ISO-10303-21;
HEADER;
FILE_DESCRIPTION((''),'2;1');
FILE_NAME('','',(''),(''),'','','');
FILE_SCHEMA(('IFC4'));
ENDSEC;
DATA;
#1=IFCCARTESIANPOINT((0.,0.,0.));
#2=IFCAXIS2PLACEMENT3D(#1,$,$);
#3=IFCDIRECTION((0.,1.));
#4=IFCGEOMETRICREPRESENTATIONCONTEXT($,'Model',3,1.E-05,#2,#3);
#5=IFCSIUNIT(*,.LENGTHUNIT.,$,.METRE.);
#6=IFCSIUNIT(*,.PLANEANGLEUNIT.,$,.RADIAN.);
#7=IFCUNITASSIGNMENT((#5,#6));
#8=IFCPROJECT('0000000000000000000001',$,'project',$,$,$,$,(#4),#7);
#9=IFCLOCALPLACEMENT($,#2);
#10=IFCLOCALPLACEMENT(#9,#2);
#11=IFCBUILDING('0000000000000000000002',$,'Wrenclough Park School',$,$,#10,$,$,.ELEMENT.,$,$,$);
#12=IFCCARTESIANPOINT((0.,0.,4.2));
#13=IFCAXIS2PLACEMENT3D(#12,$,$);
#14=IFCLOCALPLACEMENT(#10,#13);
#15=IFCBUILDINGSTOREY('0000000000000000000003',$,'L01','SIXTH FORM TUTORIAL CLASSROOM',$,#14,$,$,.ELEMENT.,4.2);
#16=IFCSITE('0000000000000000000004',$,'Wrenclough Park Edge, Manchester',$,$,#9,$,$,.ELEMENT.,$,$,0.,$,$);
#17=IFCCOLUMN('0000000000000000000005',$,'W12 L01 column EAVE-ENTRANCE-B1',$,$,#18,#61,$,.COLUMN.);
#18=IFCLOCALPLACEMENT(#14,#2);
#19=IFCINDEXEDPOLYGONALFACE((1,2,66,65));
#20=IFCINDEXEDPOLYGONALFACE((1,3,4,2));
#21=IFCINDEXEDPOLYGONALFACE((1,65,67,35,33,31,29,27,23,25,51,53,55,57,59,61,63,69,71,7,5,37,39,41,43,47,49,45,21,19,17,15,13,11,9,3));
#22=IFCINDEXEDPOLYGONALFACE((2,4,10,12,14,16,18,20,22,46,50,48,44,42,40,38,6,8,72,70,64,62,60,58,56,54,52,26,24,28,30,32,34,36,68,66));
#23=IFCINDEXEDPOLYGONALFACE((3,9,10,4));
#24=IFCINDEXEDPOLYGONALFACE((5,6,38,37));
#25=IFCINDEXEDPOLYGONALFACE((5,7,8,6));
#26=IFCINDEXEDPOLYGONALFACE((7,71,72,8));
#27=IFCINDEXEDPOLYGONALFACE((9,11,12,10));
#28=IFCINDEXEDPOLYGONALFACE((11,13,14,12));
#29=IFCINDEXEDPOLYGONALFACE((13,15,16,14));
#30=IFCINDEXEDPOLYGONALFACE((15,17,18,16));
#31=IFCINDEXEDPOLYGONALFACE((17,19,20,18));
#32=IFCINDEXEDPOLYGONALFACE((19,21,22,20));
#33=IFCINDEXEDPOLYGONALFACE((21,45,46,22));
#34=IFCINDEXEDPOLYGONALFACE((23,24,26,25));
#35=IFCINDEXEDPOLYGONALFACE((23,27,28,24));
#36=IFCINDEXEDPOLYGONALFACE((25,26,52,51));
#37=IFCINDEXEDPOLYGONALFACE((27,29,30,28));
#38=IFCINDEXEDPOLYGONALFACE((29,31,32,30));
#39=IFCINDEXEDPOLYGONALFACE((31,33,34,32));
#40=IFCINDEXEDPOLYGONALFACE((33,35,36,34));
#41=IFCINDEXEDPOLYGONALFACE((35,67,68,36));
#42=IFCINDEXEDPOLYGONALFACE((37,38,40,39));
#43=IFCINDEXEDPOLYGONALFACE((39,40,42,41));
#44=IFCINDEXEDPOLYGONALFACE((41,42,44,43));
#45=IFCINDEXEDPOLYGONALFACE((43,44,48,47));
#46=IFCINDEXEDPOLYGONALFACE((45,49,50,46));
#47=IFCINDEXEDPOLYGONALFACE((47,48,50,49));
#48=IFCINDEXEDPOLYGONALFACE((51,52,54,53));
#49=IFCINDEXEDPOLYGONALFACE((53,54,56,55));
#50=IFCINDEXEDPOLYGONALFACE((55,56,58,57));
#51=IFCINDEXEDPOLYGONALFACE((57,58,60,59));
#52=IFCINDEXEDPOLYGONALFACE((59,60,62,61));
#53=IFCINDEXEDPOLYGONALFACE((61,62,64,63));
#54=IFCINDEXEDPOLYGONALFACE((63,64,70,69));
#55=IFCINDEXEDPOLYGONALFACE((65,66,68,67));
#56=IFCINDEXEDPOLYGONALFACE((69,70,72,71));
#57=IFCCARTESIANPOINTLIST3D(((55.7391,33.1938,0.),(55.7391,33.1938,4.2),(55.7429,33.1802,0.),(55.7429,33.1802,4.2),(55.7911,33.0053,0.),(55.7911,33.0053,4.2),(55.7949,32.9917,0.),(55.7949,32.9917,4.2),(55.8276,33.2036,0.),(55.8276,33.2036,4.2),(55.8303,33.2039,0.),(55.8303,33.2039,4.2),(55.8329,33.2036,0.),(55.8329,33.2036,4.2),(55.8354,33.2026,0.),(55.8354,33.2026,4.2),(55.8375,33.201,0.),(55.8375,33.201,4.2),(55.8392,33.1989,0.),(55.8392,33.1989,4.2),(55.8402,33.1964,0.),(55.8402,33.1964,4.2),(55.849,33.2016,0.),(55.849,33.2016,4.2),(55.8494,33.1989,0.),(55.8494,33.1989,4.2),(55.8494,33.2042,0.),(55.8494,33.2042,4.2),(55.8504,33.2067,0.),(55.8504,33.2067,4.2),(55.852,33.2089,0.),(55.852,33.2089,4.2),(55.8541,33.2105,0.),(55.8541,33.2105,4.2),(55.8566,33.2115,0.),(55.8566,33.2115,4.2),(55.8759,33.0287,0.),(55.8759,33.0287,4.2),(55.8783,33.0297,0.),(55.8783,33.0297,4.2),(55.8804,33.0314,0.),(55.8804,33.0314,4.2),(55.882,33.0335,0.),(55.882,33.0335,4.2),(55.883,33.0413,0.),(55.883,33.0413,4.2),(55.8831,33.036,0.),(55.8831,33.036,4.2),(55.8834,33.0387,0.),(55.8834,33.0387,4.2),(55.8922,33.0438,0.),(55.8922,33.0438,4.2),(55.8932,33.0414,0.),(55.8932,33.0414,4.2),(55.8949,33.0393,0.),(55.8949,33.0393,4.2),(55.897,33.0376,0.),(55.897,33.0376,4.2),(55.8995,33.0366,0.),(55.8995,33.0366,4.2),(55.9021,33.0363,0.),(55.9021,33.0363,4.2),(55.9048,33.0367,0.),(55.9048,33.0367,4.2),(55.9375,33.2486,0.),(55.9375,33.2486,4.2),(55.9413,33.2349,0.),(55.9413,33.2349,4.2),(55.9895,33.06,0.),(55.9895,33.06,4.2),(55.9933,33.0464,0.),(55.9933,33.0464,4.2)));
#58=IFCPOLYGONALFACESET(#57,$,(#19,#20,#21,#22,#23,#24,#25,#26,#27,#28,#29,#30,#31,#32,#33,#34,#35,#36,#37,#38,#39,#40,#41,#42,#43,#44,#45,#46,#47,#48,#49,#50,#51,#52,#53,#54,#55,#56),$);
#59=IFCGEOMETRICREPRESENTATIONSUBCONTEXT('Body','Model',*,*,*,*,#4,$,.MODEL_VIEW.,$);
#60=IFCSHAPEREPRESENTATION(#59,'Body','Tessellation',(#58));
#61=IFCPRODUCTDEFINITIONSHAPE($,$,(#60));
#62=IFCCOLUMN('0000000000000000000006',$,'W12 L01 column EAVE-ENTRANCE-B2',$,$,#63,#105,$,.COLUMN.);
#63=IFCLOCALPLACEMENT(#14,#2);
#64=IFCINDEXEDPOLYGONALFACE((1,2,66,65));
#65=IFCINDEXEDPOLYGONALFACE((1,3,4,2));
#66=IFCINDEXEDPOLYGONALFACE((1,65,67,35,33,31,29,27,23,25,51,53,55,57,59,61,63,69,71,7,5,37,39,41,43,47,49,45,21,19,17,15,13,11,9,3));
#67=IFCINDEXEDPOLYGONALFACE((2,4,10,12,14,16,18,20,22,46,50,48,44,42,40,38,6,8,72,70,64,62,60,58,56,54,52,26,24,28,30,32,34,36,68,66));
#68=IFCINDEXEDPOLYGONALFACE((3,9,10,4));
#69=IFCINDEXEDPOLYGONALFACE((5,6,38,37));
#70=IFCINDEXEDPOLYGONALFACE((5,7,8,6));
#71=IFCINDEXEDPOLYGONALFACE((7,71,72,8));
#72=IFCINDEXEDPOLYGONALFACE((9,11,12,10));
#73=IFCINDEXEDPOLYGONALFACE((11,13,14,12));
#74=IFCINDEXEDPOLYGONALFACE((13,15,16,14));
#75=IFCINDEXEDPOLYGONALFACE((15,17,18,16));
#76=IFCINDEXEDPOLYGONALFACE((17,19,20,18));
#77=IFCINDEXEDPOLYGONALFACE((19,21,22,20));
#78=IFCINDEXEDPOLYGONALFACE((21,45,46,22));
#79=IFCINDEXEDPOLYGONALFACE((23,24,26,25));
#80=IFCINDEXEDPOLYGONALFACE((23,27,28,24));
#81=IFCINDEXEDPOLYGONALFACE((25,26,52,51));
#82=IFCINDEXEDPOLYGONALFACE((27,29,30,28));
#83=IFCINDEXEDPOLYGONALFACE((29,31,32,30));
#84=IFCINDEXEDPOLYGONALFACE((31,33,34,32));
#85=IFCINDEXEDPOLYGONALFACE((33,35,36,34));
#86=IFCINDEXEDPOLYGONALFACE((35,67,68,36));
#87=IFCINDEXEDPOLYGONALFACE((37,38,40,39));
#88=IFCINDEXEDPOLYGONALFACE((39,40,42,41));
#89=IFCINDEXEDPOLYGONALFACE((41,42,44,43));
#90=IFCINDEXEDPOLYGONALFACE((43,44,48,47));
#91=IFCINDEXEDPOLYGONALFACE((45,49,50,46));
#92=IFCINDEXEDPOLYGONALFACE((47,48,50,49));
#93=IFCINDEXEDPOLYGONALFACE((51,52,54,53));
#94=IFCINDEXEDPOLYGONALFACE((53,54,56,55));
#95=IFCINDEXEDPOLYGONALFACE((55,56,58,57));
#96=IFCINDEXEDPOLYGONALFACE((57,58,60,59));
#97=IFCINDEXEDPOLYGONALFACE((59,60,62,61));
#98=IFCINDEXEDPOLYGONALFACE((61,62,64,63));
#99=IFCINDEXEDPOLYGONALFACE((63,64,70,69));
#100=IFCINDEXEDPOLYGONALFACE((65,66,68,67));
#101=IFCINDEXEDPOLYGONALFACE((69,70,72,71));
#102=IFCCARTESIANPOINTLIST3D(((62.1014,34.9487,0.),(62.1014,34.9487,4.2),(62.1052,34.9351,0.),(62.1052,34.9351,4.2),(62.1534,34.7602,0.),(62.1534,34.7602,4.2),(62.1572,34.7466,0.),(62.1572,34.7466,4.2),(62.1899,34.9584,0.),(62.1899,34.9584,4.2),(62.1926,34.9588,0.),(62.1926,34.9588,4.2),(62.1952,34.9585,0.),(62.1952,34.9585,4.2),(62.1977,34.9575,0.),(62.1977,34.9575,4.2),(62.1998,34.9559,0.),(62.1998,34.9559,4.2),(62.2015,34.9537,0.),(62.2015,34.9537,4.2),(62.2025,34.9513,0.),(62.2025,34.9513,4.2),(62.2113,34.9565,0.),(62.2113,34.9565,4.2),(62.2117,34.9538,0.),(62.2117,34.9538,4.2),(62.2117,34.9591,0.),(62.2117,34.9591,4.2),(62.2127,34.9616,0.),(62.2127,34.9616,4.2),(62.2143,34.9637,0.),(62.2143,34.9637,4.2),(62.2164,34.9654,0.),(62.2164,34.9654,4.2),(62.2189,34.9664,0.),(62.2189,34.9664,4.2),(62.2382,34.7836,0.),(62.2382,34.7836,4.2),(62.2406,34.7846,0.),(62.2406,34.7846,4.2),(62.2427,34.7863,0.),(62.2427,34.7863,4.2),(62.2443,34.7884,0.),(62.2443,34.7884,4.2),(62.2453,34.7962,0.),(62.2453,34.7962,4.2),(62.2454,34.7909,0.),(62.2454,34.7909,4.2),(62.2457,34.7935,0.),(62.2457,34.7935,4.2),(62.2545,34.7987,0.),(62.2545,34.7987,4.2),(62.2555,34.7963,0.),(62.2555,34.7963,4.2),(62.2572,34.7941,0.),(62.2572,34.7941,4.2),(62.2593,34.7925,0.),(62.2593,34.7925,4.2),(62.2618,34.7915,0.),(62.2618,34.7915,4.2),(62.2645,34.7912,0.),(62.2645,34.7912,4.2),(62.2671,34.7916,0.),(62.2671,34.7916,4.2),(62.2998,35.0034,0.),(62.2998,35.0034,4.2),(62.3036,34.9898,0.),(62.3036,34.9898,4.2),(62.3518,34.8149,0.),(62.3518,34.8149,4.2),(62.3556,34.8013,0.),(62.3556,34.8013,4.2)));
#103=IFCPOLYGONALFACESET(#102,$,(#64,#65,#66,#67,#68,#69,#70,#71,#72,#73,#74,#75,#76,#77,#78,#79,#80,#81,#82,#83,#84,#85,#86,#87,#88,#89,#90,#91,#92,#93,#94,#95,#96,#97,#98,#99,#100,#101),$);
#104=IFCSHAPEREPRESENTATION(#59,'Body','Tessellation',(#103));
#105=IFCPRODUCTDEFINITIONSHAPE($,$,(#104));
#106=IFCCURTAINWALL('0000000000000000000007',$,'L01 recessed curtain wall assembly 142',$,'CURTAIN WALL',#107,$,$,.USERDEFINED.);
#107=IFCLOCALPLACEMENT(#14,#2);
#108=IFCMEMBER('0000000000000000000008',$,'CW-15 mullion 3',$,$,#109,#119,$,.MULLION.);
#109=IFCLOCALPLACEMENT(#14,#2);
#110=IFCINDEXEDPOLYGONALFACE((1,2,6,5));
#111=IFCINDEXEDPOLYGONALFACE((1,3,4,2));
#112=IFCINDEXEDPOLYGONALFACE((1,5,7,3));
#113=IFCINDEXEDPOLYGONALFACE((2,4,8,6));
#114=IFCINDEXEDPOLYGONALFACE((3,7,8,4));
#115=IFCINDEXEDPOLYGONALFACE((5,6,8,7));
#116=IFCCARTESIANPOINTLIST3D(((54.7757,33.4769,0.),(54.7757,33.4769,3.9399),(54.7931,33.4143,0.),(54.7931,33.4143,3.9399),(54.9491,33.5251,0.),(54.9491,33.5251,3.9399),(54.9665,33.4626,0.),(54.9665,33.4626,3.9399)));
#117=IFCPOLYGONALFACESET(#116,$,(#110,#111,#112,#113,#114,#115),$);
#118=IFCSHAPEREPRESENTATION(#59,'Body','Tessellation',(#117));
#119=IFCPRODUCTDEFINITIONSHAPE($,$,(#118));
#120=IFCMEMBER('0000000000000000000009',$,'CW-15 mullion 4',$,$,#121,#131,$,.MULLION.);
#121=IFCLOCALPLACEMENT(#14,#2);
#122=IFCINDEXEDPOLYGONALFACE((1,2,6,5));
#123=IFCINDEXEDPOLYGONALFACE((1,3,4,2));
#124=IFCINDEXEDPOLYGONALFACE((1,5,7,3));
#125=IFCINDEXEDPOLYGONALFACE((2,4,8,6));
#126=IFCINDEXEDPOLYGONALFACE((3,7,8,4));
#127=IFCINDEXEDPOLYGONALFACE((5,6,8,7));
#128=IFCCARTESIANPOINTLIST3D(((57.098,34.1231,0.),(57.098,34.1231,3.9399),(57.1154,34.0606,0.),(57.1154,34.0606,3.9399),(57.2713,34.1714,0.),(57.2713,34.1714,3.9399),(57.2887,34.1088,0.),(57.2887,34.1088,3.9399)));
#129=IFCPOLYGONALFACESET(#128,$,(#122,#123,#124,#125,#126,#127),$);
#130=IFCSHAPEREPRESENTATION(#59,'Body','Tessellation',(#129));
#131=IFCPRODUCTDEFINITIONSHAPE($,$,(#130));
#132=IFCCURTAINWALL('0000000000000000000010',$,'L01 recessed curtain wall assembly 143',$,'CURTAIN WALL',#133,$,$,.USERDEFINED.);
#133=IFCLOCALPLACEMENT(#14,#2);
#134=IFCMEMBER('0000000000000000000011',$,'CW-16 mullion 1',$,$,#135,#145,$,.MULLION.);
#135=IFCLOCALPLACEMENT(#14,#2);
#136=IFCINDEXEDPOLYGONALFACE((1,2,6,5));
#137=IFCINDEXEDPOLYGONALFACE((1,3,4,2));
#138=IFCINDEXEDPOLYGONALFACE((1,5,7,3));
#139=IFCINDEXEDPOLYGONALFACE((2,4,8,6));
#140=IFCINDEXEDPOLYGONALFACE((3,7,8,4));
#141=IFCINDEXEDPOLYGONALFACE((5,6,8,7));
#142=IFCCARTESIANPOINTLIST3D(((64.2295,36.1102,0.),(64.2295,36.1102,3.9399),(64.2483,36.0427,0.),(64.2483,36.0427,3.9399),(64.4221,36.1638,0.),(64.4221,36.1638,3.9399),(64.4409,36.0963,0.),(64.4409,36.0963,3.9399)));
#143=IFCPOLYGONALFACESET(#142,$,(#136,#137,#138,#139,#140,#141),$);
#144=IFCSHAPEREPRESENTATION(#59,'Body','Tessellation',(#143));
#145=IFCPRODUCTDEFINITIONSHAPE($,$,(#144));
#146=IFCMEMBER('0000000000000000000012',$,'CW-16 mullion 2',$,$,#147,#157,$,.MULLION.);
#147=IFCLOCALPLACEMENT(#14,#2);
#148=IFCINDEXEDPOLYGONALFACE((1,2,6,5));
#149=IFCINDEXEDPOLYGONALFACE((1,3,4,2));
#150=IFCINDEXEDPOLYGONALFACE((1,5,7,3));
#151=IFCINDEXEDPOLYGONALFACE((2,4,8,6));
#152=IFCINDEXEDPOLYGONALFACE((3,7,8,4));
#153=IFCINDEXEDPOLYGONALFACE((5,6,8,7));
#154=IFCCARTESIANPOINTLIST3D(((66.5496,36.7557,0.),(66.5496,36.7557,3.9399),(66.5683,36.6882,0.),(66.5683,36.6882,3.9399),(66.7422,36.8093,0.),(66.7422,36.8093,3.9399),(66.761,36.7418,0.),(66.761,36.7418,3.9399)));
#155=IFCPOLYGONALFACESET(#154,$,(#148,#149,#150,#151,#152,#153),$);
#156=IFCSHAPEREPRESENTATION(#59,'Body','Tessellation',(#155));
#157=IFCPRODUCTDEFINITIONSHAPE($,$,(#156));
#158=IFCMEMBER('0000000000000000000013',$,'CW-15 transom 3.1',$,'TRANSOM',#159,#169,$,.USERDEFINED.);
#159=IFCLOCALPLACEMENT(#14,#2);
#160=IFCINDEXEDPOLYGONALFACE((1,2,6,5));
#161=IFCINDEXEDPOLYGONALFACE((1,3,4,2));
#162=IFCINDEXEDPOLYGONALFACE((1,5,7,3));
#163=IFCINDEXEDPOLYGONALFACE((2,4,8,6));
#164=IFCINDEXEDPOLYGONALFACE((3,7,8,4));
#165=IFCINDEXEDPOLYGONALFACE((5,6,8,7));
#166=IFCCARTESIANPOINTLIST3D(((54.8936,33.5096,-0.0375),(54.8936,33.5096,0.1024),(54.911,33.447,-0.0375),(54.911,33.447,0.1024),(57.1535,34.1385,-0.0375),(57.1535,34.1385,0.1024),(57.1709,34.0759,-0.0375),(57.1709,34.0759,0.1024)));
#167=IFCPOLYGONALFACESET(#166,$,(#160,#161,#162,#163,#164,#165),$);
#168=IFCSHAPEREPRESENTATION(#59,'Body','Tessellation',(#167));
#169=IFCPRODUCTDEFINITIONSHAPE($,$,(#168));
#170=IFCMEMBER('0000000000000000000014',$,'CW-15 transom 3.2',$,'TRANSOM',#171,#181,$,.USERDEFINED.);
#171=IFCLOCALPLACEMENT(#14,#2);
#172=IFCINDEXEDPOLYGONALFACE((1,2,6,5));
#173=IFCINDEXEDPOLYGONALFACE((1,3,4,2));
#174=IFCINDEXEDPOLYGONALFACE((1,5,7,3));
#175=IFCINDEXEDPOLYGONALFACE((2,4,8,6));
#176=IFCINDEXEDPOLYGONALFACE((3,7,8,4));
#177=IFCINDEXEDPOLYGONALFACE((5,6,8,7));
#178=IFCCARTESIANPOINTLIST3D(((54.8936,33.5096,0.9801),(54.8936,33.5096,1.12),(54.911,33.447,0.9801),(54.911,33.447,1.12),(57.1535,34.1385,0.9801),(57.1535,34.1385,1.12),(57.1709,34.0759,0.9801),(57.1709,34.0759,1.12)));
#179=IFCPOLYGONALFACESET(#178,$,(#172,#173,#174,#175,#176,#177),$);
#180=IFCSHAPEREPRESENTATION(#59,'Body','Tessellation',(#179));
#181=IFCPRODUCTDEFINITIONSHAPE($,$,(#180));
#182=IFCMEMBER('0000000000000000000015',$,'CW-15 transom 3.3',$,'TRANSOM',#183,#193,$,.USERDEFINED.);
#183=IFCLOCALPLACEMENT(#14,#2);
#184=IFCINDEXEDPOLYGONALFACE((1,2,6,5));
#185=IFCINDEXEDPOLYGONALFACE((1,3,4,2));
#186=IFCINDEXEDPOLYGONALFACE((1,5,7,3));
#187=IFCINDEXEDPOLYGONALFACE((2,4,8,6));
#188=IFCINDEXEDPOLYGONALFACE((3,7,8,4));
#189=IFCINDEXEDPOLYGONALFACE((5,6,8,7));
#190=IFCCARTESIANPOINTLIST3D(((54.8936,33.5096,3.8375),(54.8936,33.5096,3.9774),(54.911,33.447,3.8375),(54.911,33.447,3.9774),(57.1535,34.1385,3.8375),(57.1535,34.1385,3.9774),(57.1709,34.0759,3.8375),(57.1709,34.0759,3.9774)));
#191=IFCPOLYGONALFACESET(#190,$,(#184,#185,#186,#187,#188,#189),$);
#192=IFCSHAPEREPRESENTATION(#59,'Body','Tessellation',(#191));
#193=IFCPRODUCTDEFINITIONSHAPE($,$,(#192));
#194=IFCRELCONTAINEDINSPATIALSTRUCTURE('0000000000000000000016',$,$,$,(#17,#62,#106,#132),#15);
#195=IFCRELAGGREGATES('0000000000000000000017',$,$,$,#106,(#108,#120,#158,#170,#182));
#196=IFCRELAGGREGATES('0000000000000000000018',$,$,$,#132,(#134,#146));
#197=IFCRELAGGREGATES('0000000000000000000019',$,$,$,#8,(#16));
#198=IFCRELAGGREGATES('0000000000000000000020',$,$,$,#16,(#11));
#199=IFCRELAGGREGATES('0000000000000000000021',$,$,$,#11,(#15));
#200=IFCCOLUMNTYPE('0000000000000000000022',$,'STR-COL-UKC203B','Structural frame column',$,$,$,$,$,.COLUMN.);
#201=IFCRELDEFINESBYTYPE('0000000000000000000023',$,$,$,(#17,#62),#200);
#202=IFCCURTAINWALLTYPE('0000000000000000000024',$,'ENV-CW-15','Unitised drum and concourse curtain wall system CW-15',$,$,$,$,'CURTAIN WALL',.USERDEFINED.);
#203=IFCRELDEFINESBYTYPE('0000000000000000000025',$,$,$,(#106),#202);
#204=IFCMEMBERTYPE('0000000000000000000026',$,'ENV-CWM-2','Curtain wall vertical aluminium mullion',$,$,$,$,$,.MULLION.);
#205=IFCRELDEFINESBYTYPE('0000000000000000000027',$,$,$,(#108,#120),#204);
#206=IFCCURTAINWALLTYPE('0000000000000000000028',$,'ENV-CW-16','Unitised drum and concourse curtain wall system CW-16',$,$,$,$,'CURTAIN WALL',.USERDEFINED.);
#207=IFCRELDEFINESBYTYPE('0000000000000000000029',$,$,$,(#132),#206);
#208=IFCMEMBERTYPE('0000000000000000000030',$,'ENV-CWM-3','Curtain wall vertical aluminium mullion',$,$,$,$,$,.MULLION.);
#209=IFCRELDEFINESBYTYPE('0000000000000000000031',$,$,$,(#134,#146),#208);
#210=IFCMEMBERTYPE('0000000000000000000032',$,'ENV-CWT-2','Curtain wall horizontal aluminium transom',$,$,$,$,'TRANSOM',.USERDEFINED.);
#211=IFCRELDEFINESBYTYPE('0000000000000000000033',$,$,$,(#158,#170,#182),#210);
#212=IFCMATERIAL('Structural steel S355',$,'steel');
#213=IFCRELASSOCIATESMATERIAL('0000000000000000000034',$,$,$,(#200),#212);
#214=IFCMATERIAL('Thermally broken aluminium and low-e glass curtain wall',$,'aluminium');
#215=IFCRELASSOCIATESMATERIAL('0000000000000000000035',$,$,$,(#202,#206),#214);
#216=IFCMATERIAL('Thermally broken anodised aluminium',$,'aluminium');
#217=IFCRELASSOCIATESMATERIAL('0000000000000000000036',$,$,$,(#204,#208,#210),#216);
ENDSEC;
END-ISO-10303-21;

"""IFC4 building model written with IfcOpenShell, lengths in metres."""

from ifc_helpers import new_model, si_unit, direction, frame, origin, origin_2d, place, context, subcontext, project, spatial, rectangle, i_section, extrude, material, material_profile, profile_set, type_object, element, aggregate, save


model = new_model("IFC4")

# Units and contexts
model_context = context("Model", 3, precision=1e-05, world=origin(), true_north=direction((0.0, 1.0)))
body_context = subcontext(model_context, "Body", "Model", "MODEL_VIEW")
ifc_project = project(units=[si_unit("LENGTHUNIT", "METRE"), si_unit("PLANEANGLEUNIT", "RADIAN")], contexts=[model_context])

# Site, building, storey
site_placement = place(None, origin())
site = spatial("IfcSite", under=ifc_project, at=site_placement, Name="Wrenclough Park Edge, Manchester", CompositionType="ELEMENT", RefElevation=0.0)
building_placement = place(site_placement, origin())
building = spatial("IfcBuilding", under=site, at=building_placement, Name="Wrenclough Park School", CompositionType="ELEMENT")
storey_placement = place(building_placement, frame((0.0, 0.0, 4.2)))
storey = spatial("IfcBuildingStorey", under=building, at=storey_placement, Name="L01", Description="SIXTH FORM TUTORIAL CLASSROOM", CompositionType="ELEMENT", Elevation=4.2)

# Columns
ifc_material_1 = material(Name="Structural steel S355", Category="steel")
ifc_material_profile_1 = material_profile(ifc_material_1, i_section(OverallWidth=0.2058, OverallDepth=0.2097, WebThickness=0.0095, FlangeThickness=0.0142, FilletRadius=0.0103, at=origin_2d()), Name="UKC 203x203x60")
ifc_profile_set_1 = profile_set([ifc_material_profile_1], Name="Structural steel S355")
column_type = type_object("IfcColumnType", Name="STR-COL-UKC203B", Description="Structural frame column", PredefinedType="COLUMN", material=ifc_profile_set_1)
for number, where, z_axis, x_axis, name in (
    (1, (55.8662, 33.1201, 0.0), (0.0, 0.0, 1.0), (0.964003, 0.265893, 0.0), "W12 L01 column EAVE-ENTRANCE-B1"),
    (2, (62.2285, 34.875, 0.0), (0.0, 0.0, 1.0), (0.964003, 0.265893, 0.0), "W12 L01 column EAVE-ENTRANCE-B2"),
):
    element("IfcColumn", number, at=place(storey_placement, frame(where, z_axis=z_axis, x_axis=x_axis)), inside=storey, type_object=column_type, Name=name, PredefinedType="COLUMN", context=body_context, shape_type="SweptSolid", body=[
        extrude(i_section(OverallWidth=0.2058, OverallDepth=0.2097, WebThickness=0.0095, FlangeThickness=0.0142, FilletRadius=0.0103, at=origin_2d()), origin(), (0.0, 0.0, 1.0), 4.2),
    ])

# Curtain walls, members
ifc_material_2 = material(Name="Thermally broken aluminium and low-e glass curtain wall", Category="aluminium")
curtain_wall_type_1 = type_object("IfcCurtainWallType", Name="ENV-CW-15", Description="Unitised drum and concourse curtain wall system CW-15", ElementType="CURTAIN WALL", PredefinedType="USERDEFINED", material=ifc_material_2)
curtain_wall_1_placement = place(storey_placement, origin())
curtain_wall_1 = element("IfcCurtainWall", 3, at=curtain_wall_1_placement, inside=storey, type_object=curtain_wall_type_1, Name="L01 recessed curtain wall assembly 142", ObjectType="CURTAIN WALL", PredefinedType="USERDEFINED")
ifc_material_3 = material(Name="Thermally broken anodised aluminium", Category="aluminium")
ifc_material_profile_2 = material_profile(ifc_material_3, rectangle(XDim=0.0649, YDim=0.1799, at=origin_2d()), Name="AL MULLION 65x180")
ifc_profile_set_2 = profile_set([ifc_material_profile_2], Name="Thermally broken anodised aluminium")
member_type_1 = type_object("IfcMemberType", Name="ENV-CWM-2", Description="Curtain wall vertical aluminium mullion", PredefinedType="MULLION", material=ifc_profile_set_2)
member_1_placement = place(storey_placement, frame((54.8711, 33.4697, 0.0), z_axis=(0.0, 0.0, 1.0), x_axis=(-0.268072, 0.963399, 0.0)))
member_1 = element("IfcMember", 4, at=member_1_placement, type_object=member_type_1, Name="CW-15 mullion 3", PredefinedType="MULLION", context=body_context, shape_type="SweptSolid", body=[
    extrude(rectangle(XDim=0.0649, YDim=0.1799, at=origin_2d()), origin(), (0.0, 0.0, 1.0), 3.9399),
])
member_2_placement = place(storey_placement, frame((57.1934, 34.116, 0.0), z_axis=(0.0, 0.0, 1.0), x_axis=(-0.268072, 0.963399, 0.0)))
member_2 = element("IfcMember", 5, at=member_2_placement, type_object=member_type_1, Name="CW-15 mullion 4", PredefinedType="MULLION", context=body_context, shape_type="SweptSolid", body=[
    extrude(rectangle(XDim=0.0649, YDim=0.1799, at=origin_2d()), origin(), (0.0, 0.0, 1.0), 3.9399),
])
curtain_wall_type_2 = type_object("IfcCurtainWallType", Name="ENV-CW-16", Description="Unitised drum and concourse curtain wall system CW-16", ElementType="CURTAIN WALL", PredefinedType="USERDEFINED", material=ifc_material_2)
curtain_wall_2_placement = place(storey_placement, origin())
curtain_wall_2 = element("IfcCurtainWall", 6, at=curtain_wall_2_placement, inside=storey, type_object=curtain_wall_type_2, Name="L01 recessed curtain wall assembly 143", ObjectType="CURTAIN WALL", PredefinedType="USERDEFINED")
ifc_material_profile_3 = material_profile(ifc_material_3, rectangle(XDim=0.0701, YDim=0.2, at=origin_2d()), Name="AL MULLION 70x200")
ifc_profile_set_3 = profile_set([ifc_material_profile_3], Name="Thermally broken anodised aluminium")
member_type_2 = type_object("IfcMemberType", Name="ENV-CWM-3", Description="Curtain wall vertical aluminium mullion", PredefinedType="MULLION", material=ifc_profile_set_3)
member_3_placement = place(storey_placement, frame((64.3352, 36.1033, 0.0), z_axis=(0.0, 0.0, 1.0), x_axis=(-0.268072, 0.963399, 0.0)))
member_3 = element("IfcMember", 7, at=member_3_placement, type_object=member_type_2, Name="CW-16 mullion 1", PredefinedType="MULLION", context=body_context, shape_type="SweptSolid", body=[
    extrude(rectangle(XDim=0.0701, YDim=0.2, at=origin_2d()), origin(), (0.0, 0.0, 1.0), 3.9399),
])
member_4_placement = place(storey_placement, frame((66.6553, 36.7488, 0.0), z_axis=(0.0, 0.0, 1.0), x_axis=(-0.268072, 0.963399, 0.0)))
member_4 = element("IfcMember", 8, at=member_4_placement, type_object=member_type_2, Name="CW-16 mullion 2", PredefinedType="MULLION", context=body_context, shape_type="SweptSolid", body=[
    extrude(rectangle(XDim=0.0701, YDim=0.2, at=origin_2d()), origin(), (0.0, 0.0, 1.0), 3.9399),
])

# Members
ifc_material_profile_4 = material_profile(ifc_material_3, rectangle(XDim=0.0649, YDim=0.1399, at=origin_2d()), Name="AL TRANSOM 65x140")
ifc_profile_set_4 = profile_set([ifc_material_profile_4], Name="Thermally broken anodised aluminium")
member_type_3 = type_object("IfcMemberType", Name="ENV-CWT-2", Description="Curtain wall horizontal aluminium transom", ElementType="TRANSOM", PredefinedType="USERDEFINED", material=ifc_profile_set_4)
member_5_placement = place(storey_placement, frame((54.9023, 33.4783, 0.0325), z_axis=(0.963387, 0.268116, 0.0), x_axis=(-0.268116, 0.963387, 0.0)))
member_5 = element("IfcMember", 9, at=member_5_placement, type_object=member_type_3, Name="CW-15 transom 3.1", ObjectType="TRANSOM", PredefinedType="USERDEFINED", context=body_context, shape_type="SweptSolid", body=[
    extrude(rectangle(XDim=0.0649, YDim=0.1399, at=origin_2d()), origin(), (0.0, 0.0, 1.0), 2.3457),
])
member_6_placement = place(storey_placement, frame((54.9023, 33.4783, 1.05), z_axis=(0.963387, 0.268116, 0.0), x_axis=(-0.268116, 0.963387, 0.0)))
member_6 = element("IfcMember", 10, at=member_6_placement, type_object=member_type_3, Name="CW-15 transom 3.2", ObjectType="TRANSOM", PredefinedType="USERDEFINED", context=body_context, shape_type="SweptSolid", body=[
    extrude(rectangle(XDim=0.0649, YDim=0.1399, at=origin_2d()), origin(), (0.0, 0.0, 1.0), 2.3457),
])
member_7_placement = place(storey_placement, frame((54.9023, 33.4783, 3.9075), z_axis=(0.963387, 0.268116, 0.0), x_axis=(-0.268116, 0.963387, 0.0)))
member_7 = element("IfcMember", 11, at=member_7_placement, type_object=member_type_3, Name="CW-15 transom 3.3", ObjectType="TRANSOM", PredefinedType="USERDEFINED", context=body_context, shape_type="SweptSolid", body=[
    extrude(rectangle(XDim=0.0649, YDim=0.1399, at=origin_2d()), origin(), (0.0, 0.0, 1.0), 2.3457),
])

aggregate(curtain_wall_1, [member_1, member_2, member_5, member_6, member_7])
aggregate(curtain_wall_2, [member_3, member_4])

save(model, "model.ifc")
